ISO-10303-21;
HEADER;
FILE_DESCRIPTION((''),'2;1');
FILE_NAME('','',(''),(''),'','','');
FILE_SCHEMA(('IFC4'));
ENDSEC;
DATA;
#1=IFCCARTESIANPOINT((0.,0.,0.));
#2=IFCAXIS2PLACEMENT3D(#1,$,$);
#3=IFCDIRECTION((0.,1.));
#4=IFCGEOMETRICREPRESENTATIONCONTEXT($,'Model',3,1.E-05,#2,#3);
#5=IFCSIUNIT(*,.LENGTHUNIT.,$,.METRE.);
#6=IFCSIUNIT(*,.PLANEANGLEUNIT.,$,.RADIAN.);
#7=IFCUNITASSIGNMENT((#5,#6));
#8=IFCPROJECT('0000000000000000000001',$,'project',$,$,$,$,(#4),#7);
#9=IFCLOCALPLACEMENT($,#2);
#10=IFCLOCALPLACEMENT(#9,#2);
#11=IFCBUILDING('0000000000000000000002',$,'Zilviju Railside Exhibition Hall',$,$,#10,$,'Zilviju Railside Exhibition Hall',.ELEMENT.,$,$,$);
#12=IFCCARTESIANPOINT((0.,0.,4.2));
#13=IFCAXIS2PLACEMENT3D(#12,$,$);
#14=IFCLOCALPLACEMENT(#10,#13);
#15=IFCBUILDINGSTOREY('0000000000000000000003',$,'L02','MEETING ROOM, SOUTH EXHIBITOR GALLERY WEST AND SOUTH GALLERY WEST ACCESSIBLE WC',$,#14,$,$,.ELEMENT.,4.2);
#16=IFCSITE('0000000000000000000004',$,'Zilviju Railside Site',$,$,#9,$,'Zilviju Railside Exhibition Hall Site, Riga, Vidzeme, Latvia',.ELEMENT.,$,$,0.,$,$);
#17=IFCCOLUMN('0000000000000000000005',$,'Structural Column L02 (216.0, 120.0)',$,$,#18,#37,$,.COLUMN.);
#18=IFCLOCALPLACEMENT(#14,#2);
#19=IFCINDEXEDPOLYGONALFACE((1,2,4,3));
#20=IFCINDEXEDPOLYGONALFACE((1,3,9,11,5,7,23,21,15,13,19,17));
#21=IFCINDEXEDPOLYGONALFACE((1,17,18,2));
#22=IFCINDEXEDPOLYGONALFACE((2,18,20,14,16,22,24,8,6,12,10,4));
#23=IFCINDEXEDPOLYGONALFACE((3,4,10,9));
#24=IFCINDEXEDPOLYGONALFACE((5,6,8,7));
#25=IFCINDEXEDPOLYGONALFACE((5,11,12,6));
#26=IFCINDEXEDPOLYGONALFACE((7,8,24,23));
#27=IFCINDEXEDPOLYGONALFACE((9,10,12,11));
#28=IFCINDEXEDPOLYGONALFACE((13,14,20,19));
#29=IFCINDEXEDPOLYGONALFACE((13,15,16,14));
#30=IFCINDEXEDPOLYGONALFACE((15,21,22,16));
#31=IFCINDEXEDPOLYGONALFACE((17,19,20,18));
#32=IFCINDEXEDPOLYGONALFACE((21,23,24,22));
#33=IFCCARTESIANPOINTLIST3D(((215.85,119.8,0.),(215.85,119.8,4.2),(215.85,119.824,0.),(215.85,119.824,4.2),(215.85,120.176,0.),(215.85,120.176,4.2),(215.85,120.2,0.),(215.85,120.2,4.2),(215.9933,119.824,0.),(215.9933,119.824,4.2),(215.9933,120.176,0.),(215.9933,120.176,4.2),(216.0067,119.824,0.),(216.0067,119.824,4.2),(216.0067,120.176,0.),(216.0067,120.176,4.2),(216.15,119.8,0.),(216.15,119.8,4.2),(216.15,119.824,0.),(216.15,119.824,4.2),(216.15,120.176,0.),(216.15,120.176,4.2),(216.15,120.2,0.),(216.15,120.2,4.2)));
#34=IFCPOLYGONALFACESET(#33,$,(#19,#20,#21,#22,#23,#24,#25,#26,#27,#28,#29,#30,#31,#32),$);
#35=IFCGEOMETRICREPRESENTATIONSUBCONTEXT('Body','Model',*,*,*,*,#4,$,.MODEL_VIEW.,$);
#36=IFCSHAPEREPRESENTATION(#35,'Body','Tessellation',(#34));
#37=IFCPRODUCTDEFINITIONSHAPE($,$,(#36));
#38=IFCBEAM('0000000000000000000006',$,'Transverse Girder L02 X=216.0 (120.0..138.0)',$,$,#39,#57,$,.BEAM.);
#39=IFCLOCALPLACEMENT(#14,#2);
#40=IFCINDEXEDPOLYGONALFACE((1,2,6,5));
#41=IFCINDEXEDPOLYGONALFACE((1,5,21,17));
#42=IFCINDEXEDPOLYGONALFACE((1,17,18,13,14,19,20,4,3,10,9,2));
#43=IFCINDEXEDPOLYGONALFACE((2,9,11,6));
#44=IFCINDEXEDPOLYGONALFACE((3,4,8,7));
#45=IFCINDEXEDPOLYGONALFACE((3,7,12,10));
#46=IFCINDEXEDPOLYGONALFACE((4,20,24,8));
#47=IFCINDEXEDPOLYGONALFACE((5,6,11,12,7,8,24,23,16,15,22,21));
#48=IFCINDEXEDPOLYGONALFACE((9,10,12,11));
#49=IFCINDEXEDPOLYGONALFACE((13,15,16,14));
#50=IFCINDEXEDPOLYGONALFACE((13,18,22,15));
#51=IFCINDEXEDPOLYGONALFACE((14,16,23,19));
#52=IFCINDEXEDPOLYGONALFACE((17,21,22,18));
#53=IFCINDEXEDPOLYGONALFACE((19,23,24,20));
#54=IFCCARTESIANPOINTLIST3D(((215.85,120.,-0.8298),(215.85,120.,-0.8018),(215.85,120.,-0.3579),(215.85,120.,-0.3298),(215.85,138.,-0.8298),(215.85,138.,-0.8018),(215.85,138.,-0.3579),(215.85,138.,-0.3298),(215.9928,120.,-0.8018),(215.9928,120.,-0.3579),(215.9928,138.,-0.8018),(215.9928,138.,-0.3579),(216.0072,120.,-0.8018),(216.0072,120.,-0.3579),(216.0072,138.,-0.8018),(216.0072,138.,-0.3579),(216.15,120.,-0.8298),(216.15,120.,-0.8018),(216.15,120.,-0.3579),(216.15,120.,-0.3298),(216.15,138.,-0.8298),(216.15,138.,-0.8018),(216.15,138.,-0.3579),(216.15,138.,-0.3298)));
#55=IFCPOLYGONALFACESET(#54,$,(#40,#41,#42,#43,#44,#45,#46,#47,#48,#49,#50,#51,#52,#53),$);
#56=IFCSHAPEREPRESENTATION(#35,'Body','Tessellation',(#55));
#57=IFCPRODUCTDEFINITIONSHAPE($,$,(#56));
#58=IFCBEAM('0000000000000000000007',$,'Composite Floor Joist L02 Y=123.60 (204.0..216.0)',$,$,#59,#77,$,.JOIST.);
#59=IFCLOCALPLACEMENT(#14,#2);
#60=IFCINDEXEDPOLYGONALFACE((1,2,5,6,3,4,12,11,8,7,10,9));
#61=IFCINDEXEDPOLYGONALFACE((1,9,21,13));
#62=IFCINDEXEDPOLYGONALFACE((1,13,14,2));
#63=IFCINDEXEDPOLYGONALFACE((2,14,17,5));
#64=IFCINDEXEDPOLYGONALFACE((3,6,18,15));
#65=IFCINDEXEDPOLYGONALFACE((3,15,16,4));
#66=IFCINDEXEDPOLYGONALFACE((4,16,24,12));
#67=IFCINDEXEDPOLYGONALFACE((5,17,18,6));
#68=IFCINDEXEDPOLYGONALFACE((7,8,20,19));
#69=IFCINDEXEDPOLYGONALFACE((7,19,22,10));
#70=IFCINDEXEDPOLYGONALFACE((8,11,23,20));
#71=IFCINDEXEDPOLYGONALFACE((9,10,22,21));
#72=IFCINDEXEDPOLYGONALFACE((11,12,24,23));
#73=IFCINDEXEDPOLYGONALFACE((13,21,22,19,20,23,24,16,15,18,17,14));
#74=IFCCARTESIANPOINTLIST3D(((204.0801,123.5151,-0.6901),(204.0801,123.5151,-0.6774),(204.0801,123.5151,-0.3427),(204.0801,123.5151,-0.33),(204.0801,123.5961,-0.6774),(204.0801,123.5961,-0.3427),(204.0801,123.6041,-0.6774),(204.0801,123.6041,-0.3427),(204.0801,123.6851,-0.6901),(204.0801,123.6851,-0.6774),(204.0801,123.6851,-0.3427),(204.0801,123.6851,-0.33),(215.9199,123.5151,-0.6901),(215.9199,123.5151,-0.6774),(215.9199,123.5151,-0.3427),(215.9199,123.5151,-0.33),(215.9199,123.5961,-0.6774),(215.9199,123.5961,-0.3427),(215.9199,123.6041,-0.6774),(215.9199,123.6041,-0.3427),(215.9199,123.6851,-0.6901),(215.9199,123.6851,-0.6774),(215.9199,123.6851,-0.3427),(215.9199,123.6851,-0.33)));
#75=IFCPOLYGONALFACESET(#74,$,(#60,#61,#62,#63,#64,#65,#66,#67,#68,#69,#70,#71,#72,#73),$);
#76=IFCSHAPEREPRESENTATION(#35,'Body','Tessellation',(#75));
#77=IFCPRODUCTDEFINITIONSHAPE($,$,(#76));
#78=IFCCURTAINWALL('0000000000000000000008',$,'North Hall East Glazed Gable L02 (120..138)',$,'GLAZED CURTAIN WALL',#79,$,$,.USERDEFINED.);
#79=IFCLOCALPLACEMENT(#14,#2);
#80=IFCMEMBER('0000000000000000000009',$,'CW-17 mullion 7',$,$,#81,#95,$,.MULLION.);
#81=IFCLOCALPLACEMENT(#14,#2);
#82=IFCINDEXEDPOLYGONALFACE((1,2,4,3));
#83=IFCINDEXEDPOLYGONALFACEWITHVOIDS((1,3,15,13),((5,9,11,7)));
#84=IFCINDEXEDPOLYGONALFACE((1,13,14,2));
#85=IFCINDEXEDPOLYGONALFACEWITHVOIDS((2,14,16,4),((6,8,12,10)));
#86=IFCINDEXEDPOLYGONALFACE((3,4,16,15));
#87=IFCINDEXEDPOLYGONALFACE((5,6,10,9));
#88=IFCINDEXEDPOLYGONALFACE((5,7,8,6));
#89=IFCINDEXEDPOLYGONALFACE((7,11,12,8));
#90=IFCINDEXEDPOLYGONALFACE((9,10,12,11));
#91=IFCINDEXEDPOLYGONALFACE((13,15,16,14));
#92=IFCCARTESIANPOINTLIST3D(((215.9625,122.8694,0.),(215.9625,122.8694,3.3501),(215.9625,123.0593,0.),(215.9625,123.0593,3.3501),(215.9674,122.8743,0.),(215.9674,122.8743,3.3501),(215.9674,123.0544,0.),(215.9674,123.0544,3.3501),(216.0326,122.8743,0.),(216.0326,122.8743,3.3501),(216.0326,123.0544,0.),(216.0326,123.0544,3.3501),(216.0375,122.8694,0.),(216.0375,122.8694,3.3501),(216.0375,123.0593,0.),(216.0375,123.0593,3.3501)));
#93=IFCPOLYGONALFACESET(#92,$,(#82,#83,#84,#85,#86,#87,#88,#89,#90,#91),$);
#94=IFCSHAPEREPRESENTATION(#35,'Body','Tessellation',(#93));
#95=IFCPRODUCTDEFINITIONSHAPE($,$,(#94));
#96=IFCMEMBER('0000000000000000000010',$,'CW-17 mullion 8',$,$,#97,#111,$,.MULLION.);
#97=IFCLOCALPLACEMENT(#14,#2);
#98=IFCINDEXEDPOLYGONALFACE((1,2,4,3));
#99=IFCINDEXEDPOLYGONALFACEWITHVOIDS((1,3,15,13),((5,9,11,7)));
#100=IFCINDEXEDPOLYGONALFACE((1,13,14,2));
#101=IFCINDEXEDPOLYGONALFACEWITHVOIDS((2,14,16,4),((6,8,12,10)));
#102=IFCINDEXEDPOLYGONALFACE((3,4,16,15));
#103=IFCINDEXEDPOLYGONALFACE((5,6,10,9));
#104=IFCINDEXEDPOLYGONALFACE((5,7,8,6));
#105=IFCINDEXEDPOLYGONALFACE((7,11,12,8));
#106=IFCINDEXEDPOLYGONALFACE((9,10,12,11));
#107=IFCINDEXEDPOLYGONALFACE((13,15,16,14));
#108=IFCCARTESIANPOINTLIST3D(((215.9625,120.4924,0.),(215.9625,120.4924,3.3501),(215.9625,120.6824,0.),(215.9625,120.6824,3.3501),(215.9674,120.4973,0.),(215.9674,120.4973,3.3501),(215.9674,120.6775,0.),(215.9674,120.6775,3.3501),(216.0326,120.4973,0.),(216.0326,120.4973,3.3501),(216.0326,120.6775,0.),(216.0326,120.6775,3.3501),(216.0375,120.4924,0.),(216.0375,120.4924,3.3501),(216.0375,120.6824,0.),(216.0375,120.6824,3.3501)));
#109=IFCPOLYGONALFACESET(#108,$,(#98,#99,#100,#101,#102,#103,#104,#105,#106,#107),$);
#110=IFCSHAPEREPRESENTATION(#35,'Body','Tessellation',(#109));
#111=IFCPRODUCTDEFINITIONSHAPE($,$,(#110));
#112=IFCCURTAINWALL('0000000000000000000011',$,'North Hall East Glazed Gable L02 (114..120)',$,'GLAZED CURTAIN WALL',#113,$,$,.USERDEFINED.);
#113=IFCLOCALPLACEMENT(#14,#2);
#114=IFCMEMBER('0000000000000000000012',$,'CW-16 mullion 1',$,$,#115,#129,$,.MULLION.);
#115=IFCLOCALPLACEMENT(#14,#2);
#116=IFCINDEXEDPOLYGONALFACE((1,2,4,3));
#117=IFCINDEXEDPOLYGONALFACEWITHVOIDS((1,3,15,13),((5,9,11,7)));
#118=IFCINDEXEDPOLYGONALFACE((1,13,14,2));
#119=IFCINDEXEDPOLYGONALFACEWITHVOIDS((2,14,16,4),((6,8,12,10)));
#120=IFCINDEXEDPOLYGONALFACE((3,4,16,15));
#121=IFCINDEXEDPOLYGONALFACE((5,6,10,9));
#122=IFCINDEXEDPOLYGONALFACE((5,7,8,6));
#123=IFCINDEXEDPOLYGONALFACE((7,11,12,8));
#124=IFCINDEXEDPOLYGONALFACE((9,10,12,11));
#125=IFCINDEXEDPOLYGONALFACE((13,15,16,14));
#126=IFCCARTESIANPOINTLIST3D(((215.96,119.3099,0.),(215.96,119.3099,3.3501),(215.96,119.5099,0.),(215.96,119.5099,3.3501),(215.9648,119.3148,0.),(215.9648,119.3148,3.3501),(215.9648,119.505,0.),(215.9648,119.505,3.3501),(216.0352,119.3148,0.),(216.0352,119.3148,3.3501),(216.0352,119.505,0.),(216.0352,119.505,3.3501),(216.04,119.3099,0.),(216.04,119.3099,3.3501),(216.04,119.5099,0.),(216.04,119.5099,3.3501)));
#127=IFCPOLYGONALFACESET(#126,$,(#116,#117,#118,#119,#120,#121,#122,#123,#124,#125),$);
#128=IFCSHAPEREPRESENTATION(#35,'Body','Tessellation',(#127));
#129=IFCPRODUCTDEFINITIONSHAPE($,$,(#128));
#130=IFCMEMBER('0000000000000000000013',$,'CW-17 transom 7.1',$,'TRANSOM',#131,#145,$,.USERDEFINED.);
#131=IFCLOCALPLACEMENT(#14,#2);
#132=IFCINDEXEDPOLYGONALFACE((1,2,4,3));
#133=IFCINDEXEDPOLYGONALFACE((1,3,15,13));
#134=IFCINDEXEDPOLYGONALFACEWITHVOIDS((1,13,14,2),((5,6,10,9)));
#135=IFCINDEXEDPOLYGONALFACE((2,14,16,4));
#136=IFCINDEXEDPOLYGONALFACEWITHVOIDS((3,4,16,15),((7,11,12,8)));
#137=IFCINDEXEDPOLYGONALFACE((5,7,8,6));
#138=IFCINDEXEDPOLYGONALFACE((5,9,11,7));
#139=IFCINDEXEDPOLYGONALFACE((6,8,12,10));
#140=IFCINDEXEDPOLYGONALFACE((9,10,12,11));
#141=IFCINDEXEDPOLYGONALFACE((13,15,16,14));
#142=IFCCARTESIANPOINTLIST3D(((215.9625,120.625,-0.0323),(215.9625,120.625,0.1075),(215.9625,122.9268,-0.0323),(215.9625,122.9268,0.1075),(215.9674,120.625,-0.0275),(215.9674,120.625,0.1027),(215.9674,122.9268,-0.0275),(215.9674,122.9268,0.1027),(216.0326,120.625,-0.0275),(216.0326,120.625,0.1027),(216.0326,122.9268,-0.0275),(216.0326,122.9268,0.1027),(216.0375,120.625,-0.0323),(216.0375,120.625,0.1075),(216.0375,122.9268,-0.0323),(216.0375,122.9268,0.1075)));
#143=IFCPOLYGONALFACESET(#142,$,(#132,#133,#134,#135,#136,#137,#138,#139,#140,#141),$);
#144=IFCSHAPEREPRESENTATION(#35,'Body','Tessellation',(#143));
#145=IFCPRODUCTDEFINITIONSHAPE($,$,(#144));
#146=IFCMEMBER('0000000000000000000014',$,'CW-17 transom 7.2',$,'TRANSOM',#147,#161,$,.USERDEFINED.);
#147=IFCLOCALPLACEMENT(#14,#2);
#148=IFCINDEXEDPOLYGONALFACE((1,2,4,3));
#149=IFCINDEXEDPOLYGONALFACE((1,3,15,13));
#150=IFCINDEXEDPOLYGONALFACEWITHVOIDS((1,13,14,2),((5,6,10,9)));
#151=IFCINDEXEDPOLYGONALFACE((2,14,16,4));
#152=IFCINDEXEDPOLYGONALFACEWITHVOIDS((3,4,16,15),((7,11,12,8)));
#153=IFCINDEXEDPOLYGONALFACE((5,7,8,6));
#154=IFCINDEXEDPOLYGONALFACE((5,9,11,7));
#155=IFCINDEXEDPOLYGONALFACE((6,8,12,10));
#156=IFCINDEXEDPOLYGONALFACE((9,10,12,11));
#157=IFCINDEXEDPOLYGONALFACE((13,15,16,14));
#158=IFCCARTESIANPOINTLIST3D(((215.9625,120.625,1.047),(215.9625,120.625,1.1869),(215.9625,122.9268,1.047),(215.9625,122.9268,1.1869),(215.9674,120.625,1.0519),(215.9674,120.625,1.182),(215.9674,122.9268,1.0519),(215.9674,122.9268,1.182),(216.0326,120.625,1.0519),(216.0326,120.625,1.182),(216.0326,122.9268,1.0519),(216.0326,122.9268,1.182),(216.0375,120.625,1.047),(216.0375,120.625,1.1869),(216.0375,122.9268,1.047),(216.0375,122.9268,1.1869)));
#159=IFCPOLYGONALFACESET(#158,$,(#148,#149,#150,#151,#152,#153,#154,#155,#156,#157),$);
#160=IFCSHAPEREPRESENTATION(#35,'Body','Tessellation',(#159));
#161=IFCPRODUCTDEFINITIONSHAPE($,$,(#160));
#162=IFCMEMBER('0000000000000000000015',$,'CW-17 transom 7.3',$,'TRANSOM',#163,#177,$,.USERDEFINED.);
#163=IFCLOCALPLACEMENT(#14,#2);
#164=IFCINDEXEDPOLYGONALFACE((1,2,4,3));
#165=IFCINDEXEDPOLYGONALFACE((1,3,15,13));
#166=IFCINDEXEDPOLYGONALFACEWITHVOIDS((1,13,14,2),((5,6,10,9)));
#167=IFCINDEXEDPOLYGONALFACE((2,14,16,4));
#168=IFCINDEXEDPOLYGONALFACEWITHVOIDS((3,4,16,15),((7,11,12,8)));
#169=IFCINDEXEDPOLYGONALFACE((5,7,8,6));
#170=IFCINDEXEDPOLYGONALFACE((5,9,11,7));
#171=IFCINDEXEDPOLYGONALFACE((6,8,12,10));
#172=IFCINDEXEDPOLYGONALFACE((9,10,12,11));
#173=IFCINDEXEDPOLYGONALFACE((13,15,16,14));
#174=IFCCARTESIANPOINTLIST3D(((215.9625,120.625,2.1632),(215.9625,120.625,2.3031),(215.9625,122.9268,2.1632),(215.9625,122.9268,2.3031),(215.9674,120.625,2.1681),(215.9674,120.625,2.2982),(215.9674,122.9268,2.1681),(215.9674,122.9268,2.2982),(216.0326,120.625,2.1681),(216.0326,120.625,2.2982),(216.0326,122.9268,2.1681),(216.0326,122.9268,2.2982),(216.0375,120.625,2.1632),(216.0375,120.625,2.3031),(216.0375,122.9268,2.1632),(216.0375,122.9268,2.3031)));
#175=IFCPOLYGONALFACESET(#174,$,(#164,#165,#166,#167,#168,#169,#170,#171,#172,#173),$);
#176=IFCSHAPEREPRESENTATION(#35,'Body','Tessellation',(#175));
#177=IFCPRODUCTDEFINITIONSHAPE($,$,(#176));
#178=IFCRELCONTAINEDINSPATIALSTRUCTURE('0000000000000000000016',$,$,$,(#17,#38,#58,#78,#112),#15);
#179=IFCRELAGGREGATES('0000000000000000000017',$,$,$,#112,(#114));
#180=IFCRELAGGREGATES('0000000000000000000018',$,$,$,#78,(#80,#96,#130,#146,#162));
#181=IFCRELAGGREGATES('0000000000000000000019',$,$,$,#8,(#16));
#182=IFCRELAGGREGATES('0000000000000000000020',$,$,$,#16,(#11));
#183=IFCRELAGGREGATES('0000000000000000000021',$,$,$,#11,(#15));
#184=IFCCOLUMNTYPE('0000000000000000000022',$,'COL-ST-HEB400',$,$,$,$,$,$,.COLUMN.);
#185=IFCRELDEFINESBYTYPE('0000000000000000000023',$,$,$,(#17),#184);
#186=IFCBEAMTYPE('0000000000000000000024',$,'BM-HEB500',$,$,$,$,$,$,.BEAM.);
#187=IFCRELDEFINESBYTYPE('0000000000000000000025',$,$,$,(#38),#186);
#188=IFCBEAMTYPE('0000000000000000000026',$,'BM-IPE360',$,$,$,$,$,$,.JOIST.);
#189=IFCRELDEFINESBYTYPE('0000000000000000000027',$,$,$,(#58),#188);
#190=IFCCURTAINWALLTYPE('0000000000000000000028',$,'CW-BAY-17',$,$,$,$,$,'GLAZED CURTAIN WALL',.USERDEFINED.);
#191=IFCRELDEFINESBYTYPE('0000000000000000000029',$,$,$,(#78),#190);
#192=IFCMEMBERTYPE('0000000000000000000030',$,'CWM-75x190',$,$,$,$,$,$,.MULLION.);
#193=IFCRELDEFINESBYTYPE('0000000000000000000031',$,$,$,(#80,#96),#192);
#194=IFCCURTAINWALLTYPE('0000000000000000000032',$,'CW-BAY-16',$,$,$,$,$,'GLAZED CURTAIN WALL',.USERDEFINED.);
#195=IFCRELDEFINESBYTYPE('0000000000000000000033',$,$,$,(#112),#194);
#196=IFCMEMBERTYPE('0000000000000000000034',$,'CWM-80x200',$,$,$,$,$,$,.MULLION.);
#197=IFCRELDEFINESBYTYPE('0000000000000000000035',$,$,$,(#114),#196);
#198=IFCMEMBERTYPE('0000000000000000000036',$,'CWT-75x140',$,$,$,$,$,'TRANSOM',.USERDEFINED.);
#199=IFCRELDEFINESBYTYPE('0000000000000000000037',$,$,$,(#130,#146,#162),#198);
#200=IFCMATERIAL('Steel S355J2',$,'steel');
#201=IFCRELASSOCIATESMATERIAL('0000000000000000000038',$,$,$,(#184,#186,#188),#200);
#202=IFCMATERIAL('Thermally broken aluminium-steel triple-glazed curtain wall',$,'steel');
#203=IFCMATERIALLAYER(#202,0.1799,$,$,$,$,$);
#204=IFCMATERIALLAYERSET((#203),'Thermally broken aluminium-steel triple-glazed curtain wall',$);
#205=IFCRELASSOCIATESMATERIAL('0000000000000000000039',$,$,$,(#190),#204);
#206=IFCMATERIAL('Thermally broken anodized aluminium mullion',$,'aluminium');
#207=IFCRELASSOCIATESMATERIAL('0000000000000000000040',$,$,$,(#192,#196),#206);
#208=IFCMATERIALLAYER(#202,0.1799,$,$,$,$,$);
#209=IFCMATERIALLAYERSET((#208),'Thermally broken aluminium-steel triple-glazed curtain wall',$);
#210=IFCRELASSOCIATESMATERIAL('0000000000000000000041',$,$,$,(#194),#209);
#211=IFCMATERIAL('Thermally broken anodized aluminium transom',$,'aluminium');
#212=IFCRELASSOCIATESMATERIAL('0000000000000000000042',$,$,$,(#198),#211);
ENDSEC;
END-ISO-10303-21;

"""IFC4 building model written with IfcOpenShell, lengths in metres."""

from ifc_helpers import new_model, si_unit, direction, frame, origin, origin_2d, place, context, subcontext, project, spatial, hollow_rectangle, i_section, extrude, material, layer, layer_set, material_profile, profile_set, type_object, element, aggregate, save


model = new_model("IFC4")

# Units and contexts
model_context = context("Model", 3, precision=1e-05, world=origin(), true_north=direction((0.0, 1.0)))
body_context = subcontext(model_context, "Body", "Model", "MODEL_VIEW")
ifc_project = project(units=[si_unit("LENGTHUNIT", "METRE"), si_unit("PLANEANGLEUNIT", "RADIAN")], contexts=[model_context])

# Site, building, storey
site_placement = place(None, origin())
site = spatial("IfcSite", under=ifc_project, at=site_placement, Name="Zilviju Railside Site", LongName="Zilviju Railside Exhibition Hall Site, Riga, Vidzeme, Latvia", CompositionType="ELEMENT", RefElevation=0.0)
building_placement = place(site_placement, origin())
building = spatial("IfcBuilding", under=site, at=building_placement, Name="Zilviju Railside Exhibition Hall", LongName="Zilviju Railside Exhibition Hall", CompositionType="ELEMENT")
storey_placement = place(building_placement, frame((0.0, 0.0, 4.2)))
storey = spatial("IfcBuildingStorey", under=building, at=storey_placement, Name="L02", Description="MEETING ROOM, SOUTH EXHIBITOR GALLERY WEST AND SOUTH GALLERY WEST ACCESSIBLE WC", CompositionType="ELEMENT", Elevation=4.2)

# Column
ifc_material_1 = material(Name="Steel S355J2", Category="steel")
ifc_material_profile_1 = material_profile(ifc_material_1, i_section(OverallWidth=0.3, OverallDepth=0.3999, WebThickness=0.0134, FlangeThickness=0.0239, at=origin_2d()), Name="HEB 400")
ifc_profile_set_1 = profile_set([ifc_material_profile_1], Name="Steel S355J2")
column_type = type_object("IfcColumnType", Name="COL-ST-HEB400", PredefinedType="COLUMN", material=ifc_profile_set_1)
column_placement = place(storey_placement, frame((216.0, 120.0, 0.0), z_axis=(0.0, 0.0, 1.0), x_axis=(1.0, 0.0, 0.0)))
element("IfcColumn", 1, at=column_placement, inside=storey, type_object=column_type, Name="Structural Column L02 (216.0, 120.0)", PredefinedType="COLUMN", context=body_context, shape_type="SweptSolid", body=[
    extrude(i_section(OverallWidth=0.3, OverallDepth=0.3999, WebThickness=0.0134, FlangeThickness=0.0239, at=origin_2d()), origin(), (0.0, 0.0, 1.0), 4.2),
])

# Beams
ifc_material_profile_2 = material_profile(ifc_material_1, i_section(OverallWidth=0.3, OverallDepth=0.5, WebThickness=0.0144, FlangeThickness=0.0281, at=origin_2d()), Name="HEB 500")
ifc_profile_set_2 = profile_set([ifc_material_profile_2], Name="Steel S355J2")
beam_type_1 = type_object("IfcBeamType", Name="BM-HEB500", PredefinedType="BEAM", material=ifc_profile_set_2)
beam_1_placement = place(storey_placement, frame((216.0, 120.0, -0.5798), z_axis=(0.0, 1.0, 0.0), x_axis=(-1.0, 0.0, 0.0)))
element("IfcBeam", 2, at=beam_1_placement, inside=storey, type_object=beam_type_1, Name="Transverse Girder L02 X=216.0 (120.0..138.0)", PredefinedType="BEAM", context=body_context, shape_type="SweptSolid", body=[
    extrude(i_section(OverallWidth=0.3, OverallDepth=0.5, WebThickness=0.0144, FlangeThickness=0.0281, at=origin_2d()), origin(), (0.0, 0.0, 1.0), 18.0),
])
ifc_material_profile_3 = material_profile(ifc_material_1, i_section(OverallWidth=0.1699, OverallDepth=0.3601, WebThickness=0.0081, FlangeThickness=0.0127, at=origin_2d()), Name="IPE 360")
ifc_profile_set_3 = profile_set([ifc_material_profile_3], Name="Steel S355J2")
beam_type_2 = type_object("IfcBeamType", Name="BM-IPE360", PredefinedType="JOIST", material=ifc_profile_set_3)
beam_2_placement = place(storey_placement, frame((204.0801, 123.6001, -0.51), z_axis=(1.0, 0.0, 0.0), x_axis=(0.0, 1.0, 0.0)))
element("IfcBeam", 3, at=beam_2_placement, inside=storey, type_object=beam_type_2, Name="Composite Floor Joist L02 Y=123.60 (204.0..216.0)", PredefinedType="JOIST", context=body_context, shape_type="SweptSolid", body=[
    extrude(i_section(OverallWidth=0.1699, OverallDepth=0.3601, WebThickness=0.0081, FlangeThickness=0.0127, at=origin_2d()), origin(), (0.0, 0.0, 1.0), 11.8398),
])

# Curtain wall, members
ifc_material_2 = material(Name="Thermally broken aluminium-steel triple-glazed curtain wall", Category="steel")
ifc_layer_1 = layer(ifc_material_2, 0.1799)
ifc_layer_set_1 = layer_set([ifc_layer_1], Name="Thermally broken aluminium-steel triple-glazed curtain wall")
curtain_wall_type_1 = type_object("IfcCurtainWallType", Name="CW-BAY-17", ElementType="GLAZED CURTAIN WALL", PredefinedType="USERDEFINED", material=ifc_layer_set_1)
curtain_wall_1_placement = place(storey_placement, origin())
curtain_wall_1 = element("IfcCurtainWall", 4, at=curtain_wall_1_placement, inside=storey, type_object=curtain_wall_type_1, Name="North Hall East Glazed Gable L02 (120..138)", ObjectType="GLAZED CURTAIN WALL", PredefinedType="USERDEFINED")
ifc_material_3 = material(Name="Thermally broken anodized aluminium mullion", Category="aluminium")
ifc_material_profile_4 = material_profile(ifc_material_3, hollow_rectangle(XDim=0.075, YDim=0.1899, WallThickness=0.0049, at=origin_2d()), Name="MULLION 190x75x5")
ifc_profile_set_4 = profile_set([ifc_material_profile_4], Name="Thermally broken anodized aluminium mullion")
member_type_1 = type_object("IfcMemberType", Name="CWM-75x190", PredefinedType="MULLION", material=ifc_profile_set_4)
member_1_placement = place(storey_placement, frame((216.0, 122.9644, 0.0), z_axis=(0.0, 0.0, 1.0), x_axis=(1.0, 0.0, 0.0)))
member_1 = element("IfcMember", 5, at=member_1_placement, type_object=member_type_1, Name="CW-17 mullion 7", PredefinedType="MULLION", context=body_context, shape_type="SweptSolid", body=[
    extrude(hollow_rectangle(XDim=0.075, YDim=0.1899, WallThickness=0.0049, at=origin_2d()), origin(), (0.0, 0.0, 1.0), 3.3501),
])
member_2_placement = place(storey_placement, frame((216.0, 120.5874, 0.0), z_axis=(0.0, 0.0, 1.0), x_axis=(1.0, 0.0, 0.0)))
member_2 = element("IfcMember", 6, at=member_2_placement, type_object=member_type_1, Name="CW-17 mullion 8", PredefinedType="MULLION", context=body_context, shape_type="SweptSolid", body=[
    extrude(hollow_rectangle(XDim=0.075, YDim=0.1899, WallThickness=0.0049, at=origin_2d()), origin(), (0.0, 0.0, 1.0), 3.3501),
])

# Curtain wall, member
ifc_layer_2 = layer(ifc_material_2, 0.1799)
ifc_layer_set_2 = layer_set([ifc_layer_2], Name="Thermally broken aluminium-steel triple-glazed curtain wall")
curtain_wall_type_2 = type_object("IfcCurtainWallType", Name="CW-BAY-16", ElementType="GLAZED CURTAIN WALL", PredefinedType="USERDEFINED", material=ifc_layer_set_2)
curtain_wall_2_placement = place(storey_placement, origin())
curtain_wall_2 = element("IfcCurtainWall", 7, at=curtain_wall_2_placement, inside=storey, type_object=curtain_wall_type_2, Name="North Hall East Glazed Gable L02 (114..120)", ObjectType="GLAZED CURTAIN WALL", PredefinedType="USERDEFINED")
ifc_material_profile_5 = material_profile(ifc_material_3, hollow_rectangle(XDim=0.0801, YDim=0.2, WallThickness=0.0049, at=origin_2d()), Name="MULLION 200x80x5")
ifc_profile_set_5 = profile_set([ifc_material_profile_5], Name="Thermally broken anodized aluminium mullion")
member_type_2 = type_object("IfcMemberType", Name="CWM-80x200", PredefinedType="MULLION", material=ifc_profile_set_5)
member_3_placement = place(storey_placement, frame((216.0, 119.4099, 0.0), z_axis=(0.0, 0.0, 1.0), x_axis=(1.0, 0.0, 0.0)))
member_3 = element("IfcMember", 8, at=member_3_placement, type_object=member_type_2, Name="CW-16 mullion 1", PredefinedType="MULLION", context=body_context, shape_type="SweptSolid", body=[
    extrude(hollow_rectangle(XDim=0.0801, YDim=0.2, WallThickness=0.0049, at=origin_2d()), origin(), (0.0, 0.0, 1.0), 3.3501),
])

# Members
ifc_material_4 = material(Name="Thermally broken anodized aluminium transom", Category="aluminium")
ifc_material_profile_6 = material_profile(ifc_material_4, hollow_rectangle(XDim=0.075, YDim=0.1399, WallThickness=0.0049, at=origin_2d()), Name="TRANSOM 140x75x5")
ifc_profile_set_6 = profile_set([ifc_material_profile_6], Name="Thermally broken anodized aluminium transom")
member_type_3 = type_object("IfcMemberType", Name="CWT-75x140", ElementType="TRANSOM", PredefinedType="USERDEFINED", material=ifc_profile_set_6)
member_4_placement = place(storey_placement, frame((216.0, 122.9268, 0.0376), z_axis=(0.0, -1.0, 0.0), x_axis=(1.0, 0.0, 0.0)))
member_4 = element("IfcMember", 9, at=member_4_placement, type_object=member_type_3, Name="CW-17 transom 7.1", ObjectType="TRANSOM", PredefinedType="USERDEFINED", context=body_context, shape_type="SweptSolid", body=[
    extrude(hollow_rectangle(XDim=0.075, YDim=0.1399, WallThickness=0.0049, at=origin_2d()), origin(), (0.0, 0.0, 1.0), 2.3018),
])
member_5_placement = place(storey_placement, frame((216.0, 122.9268, 1.1169), z_axis=(0.0, -1.0, 0.0), x_axis=(1.0, 0.0, 0.0)))
member_5 = element("IfcMember", 10, at=member_5_placement, type_object=member_type_3, Name="CW-17 transom 7.2", ObjectType="TRANSOM", PredefinedType="USERDEFINED", context=body_context, shape_type="SweptSolid", body=[
    extrude(hollow_rectangle(XDim=0.075, YDim=0.1399, WallThickness=0.0049, at=origin_2d()), origin(), (0.0, 0.0, 1.0), 2.3018),
])
member_6_placement = place(storey_placement, frame((216.0, 122.9268, 2.2332), z_axis=(0.0, -1.0, 0.0), x_axis=(1.0, 0.0, 0.0)))
member_6 = element("IfcMember", 11, at=member_6_placement, type_object=member_type_3, Name="CW-17 transom 7.3", ObjectType="TRANSOM", PredefinedType="USERDEFINED", context=body_context, shape_type="SweptSolid", body=[
    extrude(hollow_rectangle(XDim=0.075, YDim=0.1399, WallThickness=0.0049, at=origin_2d()), origin(), (0.0, 0.0, 1.0), 2.3018),
])

aggregate(curtain_wall_2, [member_3])
aggregate(curtain_wall_1, [member_1, member_2, member_4, member_5, member_6])

save(model, "model.ifc")
